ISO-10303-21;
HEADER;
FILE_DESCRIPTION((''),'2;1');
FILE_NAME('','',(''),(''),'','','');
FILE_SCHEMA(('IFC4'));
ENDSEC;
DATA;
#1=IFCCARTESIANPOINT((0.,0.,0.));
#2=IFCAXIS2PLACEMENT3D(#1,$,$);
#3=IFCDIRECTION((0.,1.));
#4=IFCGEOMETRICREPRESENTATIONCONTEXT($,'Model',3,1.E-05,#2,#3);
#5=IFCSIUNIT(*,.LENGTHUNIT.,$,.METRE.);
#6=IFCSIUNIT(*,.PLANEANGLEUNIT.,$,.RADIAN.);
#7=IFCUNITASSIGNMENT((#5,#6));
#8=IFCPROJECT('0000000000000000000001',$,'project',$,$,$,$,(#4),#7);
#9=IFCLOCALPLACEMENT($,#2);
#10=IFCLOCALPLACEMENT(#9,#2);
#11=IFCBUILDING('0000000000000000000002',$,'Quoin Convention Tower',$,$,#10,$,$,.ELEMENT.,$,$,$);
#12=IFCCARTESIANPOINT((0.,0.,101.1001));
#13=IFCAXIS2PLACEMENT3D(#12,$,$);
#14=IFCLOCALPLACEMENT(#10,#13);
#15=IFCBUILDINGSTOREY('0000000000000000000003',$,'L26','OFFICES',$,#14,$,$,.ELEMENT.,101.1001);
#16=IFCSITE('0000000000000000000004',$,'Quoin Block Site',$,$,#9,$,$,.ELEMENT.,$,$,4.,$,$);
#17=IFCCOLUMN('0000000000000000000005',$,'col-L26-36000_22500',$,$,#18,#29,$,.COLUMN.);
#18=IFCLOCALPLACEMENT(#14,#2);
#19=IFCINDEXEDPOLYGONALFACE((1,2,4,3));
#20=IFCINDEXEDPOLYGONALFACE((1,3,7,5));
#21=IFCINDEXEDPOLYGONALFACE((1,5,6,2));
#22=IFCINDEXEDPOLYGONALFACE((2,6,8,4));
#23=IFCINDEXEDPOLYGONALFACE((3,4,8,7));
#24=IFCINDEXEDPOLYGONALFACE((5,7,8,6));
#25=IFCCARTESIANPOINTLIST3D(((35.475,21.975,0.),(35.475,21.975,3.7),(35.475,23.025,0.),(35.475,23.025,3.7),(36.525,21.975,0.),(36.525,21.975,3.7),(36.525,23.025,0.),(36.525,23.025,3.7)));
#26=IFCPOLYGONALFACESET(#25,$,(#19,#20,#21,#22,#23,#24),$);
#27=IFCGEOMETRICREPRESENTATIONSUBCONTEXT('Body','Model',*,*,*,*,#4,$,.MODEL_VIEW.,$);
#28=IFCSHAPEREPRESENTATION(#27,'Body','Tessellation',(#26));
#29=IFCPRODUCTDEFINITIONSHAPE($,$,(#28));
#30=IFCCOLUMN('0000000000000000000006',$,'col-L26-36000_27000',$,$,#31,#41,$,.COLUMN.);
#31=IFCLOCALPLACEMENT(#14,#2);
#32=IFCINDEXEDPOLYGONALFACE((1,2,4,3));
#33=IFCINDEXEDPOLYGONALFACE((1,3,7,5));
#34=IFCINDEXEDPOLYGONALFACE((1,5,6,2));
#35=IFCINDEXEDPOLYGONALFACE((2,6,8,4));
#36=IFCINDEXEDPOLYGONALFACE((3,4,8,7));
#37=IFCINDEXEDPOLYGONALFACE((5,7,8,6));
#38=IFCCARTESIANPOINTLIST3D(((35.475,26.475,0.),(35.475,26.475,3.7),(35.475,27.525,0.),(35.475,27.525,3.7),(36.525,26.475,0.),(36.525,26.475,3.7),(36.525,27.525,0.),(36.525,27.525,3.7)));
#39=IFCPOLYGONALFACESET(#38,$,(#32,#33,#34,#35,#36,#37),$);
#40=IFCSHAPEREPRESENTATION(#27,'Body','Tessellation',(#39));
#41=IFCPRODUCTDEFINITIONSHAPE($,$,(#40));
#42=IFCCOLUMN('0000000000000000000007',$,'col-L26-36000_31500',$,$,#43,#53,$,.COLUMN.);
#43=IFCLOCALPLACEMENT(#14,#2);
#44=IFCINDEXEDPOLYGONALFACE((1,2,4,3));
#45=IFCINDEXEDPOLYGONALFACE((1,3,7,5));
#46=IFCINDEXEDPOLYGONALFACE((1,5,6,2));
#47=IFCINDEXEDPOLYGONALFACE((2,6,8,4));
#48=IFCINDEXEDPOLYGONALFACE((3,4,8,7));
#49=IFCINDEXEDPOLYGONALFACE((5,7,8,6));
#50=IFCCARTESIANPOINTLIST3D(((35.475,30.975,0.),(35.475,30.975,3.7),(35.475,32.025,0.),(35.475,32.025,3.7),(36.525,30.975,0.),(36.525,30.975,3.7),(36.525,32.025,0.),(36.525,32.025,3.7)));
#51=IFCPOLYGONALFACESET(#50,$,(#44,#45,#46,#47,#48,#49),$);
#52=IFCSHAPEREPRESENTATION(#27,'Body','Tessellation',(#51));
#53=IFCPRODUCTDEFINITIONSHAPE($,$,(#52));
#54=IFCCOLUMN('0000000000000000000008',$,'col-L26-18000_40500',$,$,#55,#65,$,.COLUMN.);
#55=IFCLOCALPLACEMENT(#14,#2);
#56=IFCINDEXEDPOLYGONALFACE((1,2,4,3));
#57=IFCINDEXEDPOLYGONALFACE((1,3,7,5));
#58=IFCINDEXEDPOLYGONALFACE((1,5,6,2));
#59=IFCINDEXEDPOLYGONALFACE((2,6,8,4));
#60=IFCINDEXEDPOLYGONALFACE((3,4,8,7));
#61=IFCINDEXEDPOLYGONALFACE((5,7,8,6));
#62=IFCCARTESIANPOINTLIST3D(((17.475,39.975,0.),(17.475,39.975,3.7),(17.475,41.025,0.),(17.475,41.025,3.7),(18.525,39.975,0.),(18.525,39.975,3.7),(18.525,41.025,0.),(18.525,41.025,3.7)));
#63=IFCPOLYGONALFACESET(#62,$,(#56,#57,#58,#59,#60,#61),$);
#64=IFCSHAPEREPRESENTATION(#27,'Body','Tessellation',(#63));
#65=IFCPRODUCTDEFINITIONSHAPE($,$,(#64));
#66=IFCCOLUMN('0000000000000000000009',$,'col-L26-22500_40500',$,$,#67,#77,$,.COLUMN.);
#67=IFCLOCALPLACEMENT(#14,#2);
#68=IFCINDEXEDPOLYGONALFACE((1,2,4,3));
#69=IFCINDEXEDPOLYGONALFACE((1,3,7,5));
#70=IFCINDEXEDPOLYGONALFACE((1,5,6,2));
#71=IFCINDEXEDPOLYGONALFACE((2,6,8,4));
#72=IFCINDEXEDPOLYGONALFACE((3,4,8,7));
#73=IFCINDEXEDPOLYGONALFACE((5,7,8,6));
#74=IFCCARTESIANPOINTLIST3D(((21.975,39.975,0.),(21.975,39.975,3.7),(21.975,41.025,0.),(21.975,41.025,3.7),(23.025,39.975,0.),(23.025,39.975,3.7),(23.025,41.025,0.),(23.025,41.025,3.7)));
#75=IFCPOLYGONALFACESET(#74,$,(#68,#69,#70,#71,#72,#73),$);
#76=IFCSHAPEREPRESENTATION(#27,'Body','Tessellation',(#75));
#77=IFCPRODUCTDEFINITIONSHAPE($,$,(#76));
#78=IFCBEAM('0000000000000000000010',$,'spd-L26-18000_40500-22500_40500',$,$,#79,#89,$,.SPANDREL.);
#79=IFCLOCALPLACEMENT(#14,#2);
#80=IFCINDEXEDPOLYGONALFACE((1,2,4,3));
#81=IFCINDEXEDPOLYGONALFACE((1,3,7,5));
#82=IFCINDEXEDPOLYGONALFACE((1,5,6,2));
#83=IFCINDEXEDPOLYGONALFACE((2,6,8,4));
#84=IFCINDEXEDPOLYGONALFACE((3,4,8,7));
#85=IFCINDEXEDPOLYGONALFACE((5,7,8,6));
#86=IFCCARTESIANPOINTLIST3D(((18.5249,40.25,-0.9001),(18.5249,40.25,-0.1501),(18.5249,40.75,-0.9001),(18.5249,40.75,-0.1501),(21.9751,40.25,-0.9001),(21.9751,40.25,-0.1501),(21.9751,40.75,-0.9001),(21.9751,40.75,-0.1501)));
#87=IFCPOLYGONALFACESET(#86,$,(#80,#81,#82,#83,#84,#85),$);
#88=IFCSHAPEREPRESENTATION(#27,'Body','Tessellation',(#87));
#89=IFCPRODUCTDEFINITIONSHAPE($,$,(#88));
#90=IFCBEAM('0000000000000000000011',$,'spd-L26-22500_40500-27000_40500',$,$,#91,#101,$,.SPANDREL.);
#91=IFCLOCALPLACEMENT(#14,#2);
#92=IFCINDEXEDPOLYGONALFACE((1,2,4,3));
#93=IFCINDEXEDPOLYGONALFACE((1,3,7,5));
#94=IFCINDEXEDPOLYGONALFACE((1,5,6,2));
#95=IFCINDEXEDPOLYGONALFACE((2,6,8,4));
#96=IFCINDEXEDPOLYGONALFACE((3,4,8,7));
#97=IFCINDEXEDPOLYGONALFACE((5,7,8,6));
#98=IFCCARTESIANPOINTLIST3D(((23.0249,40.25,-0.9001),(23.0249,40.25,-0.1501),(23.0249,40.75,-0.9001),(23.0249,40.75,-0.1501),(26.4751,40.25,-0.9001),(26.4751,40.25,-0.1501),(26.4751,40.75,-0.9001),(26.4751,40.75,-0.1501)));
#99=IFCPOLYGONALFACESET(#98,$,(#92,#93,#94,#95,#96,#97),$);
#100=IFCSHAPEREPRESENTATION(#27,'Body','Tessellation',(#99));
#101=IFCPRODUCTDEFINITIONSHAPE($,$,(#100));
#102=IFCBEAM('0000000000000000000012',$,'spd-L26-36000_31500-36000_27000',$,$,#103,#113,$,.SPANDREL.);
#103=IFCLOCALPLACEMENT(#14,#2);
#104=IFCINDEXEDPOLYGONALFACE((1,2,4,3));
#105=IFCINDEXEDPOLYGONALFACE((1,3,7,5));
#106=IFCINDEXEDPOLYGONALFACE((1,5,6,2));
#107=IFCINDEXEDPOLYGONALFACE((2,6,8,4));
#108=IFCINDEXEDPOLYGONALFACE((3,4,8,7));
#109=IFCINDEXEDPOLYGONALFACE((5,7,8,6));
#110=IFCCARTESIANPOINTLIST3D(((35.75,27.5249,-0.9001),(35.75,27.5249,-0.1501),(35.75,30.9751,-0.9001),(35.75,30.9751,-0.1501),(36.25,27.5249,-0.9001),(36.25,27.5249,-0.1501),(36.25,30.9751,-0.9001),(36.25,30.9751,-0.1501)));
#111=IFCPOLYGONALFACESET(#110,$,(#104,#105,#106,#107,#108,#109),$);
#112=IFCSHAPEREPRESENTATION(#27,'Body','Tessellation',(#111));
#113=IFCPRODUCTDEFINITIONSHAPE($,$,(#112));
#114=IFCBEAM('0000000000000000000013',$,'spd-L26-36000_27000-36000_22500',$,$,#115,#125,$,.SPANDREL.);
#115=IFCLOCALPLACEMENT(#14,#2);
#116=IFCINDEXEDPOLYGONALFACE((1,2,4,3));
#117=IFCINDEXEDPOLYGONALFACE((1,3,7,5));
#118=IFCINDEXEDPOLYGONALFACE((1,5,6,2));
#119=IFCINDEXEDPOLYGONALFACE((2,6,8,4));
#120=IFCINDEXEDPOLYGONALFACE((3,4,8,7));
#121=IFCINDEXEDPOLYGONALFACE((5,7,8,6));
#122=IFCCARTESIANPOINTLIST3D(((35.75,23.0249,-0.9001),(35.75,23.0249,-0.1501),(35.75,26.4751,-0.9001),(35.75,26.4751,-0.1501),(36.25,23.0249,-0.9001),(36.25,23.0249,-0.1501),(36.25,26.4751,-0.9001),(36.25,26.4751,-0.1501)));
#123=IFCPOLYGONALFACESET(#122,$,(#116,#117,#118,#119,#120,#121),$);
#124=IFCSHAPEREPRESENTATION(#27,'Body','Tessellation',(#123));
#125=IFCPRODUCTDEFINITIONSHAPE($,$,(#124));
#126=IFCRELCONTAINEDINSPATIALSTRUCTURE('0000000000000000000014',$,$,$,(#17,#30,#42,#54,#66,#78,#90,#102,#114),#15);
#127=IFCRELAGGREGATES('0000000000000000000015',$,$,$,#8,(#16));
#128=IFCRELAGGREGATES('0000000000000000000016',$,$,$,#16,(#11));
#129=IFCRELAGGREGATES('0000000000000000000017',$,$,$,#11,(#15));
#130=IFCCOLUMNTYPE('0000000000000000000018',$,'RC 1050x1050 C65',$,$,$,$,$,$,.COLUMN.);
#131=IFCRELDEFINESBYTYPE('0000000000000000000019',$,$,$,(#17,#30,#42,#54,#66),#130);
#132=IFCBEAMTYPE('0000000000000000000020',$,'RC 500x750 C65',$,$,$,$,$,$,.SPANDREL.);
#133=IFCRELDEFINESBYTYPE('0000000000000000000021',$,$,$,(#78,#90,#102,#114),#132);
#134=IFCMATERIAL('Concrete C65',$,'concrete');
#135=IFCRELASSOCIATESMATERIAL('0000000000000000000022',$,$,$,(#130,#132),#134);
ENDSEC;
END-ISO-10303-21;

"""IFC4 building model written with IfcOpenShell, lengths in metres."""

from ifc_helpers import new_model, si_unit, direction, frame, origin, origin_2d, place, context, subcontext, project, spatial, rectangle, extrude, material, material_profile, profile_set, type_object, element, save


model = new_model("IFC4")

# Units and contexts
model_context = context("Model", 3, precision=1e-05, world=origin(), true_north=direction((0.0, 1.0)))
body_context = subcontext(model_context, "Body", "Model", "MODEL_VIEW")
ifc_project = project(units=[si_unit("LENGTHUNIT", "METRE"), si_unit("PLANEANGLEUNIT", "RADIAN")], contexts=[model_context])

# Site, building, storey
site_placement = place(None, origin())
site = spatial("IfcSite", under=ifc_project, at=site_placement, Name="Quoin Block Site", CompositionType="ELEMENT", RefElevation=4.0)
building_placement = place(site_placement, origin())
building = spatial("IfcBuilding", under=site, at=building_placement, Name="Quoin Convention Tower", CompositionType="ELEMENT")
storey_placement = place(building_placement, frame((0.0, 0.0, 101.1001)))
storey = spatial("IfcBuildingStorey", under=building, at=storey_placement, Name="L26", Description="OFFICES", CompositionType="ELEMENT", Elevation=101.1001)

# Columns
ifc_material_1 = material(Name="Concrete C65", Category="concrete")
ifc_material_profile_1 = material_profile(ifc_material_1, rectangle(XDim=1.05, YDim=1.05, at=origin_2d()), Name="RC 1050x1050")
ifc_profile_set_1 = profile_set([ifc_material_profile_1], Name="Concrete C65")
column_type = type_object("IfcColumnType", Name="RC 1050x1050 C65", PredefinedType="COLUMN", material=ifc_profile_set_1)
for number, where, z_axis, x_axis, name in (
    (1, (36.0, 22.5, 0.0), (0.0, 0.0, 1.0), (1.0, 0.0, 0.0), "col-L26-36000_22500"),
    (2, (36.0, 27.0, 0.0), (0.0, 0.0, 1.0), (1.0, 0.0, 0.0), "col-L26-36000_27000"),
    (3, (36.0, 31.5, 0.0), (0.0, 0.0, 1.0), (1.0, 0.0, 0.0), "col-L26-36000_31500"),
    (4, (18.0, 40.5, 0.0), (0.0, 0.0, 1.0), (1.0, 0.0, 0.0), "col-L26-18000_40500"),
    (5, (22.5, 40.5, 0.0), (0.0, 0.0, 1.0), (1.0, 0.0, 0.0), "col-L26-22500_40500"),
):
    element("IfcColumn", number, at=place(storey_placement, frame(where, z_axis=z_axis, x_axis=x_axis)), inside=storey, type_object=column_type, Name=name, PredefinedType="COLUMN", context=body_context, shape_type="SweptSolid", body=[
        extrude(rectangle(XDim=1.05, YDim=1.05, at=origin_2d()), origin(), (0.0, 0.0, 1.0), 3.7),
    ])

# Beams
ifc_material_profile_2 = material_profile(ifc_material_1, rectangle(XDim=0.5, YDim=0.75, at=origin_2d()), Name="RC 500x750")
ifc_profile_set_2 = profile_set([ifc_material_profile_2], Name="Concrete C65")
beam_type = type_object("IfcBeamType", Name="RC 500x750 C65", PredefinedType="SPANDREL", material=ifc_profile_set_2)
for number, where, z_axis, x_axis, name in (
    (6, (18.5249, 40.5, -0.5251), (1.0, 0.0, 0.0), (0.0, 1.0, 0.0), "spd-L26-18000_40500-22500_40500"),
    (7, (23.0249, 40.5, -0.5251), (1.0, 0.0, 0.0), (0.0, 1.0, 0.0), "spd-L26-22500_40500-27000_40500"),
    (8, (36.0, 30.9751, -0.5251), (0.0, -1.0, 0.0), (1.0, 0.0, 0.0), "spd-L26-36000_31500-36000_27000"),
    (9, (36.0, 26.4751, -0.5251), (0.0, -1.0, 0.0), (1.0, 0.0, 0.0), "spd-L26-36000_27000-36000_22500"),
):
    element("IfcBeam", number, at=place(storey_placement, frame(where, z_axis=z_axis, x_axis=x_axis)), inside=storey, type_object=beam_type, Name=name, PredefinedType="SPANDREL", context=body_context, shape_type="SweptSolid", body=[
        extrude(rectangle(XDim=0.5, YDim=0.75, at=origin_2d()), origin(), (0.0, 0.0, 1.0), 3.4502),
    ])

save(model, "model.ifc")
